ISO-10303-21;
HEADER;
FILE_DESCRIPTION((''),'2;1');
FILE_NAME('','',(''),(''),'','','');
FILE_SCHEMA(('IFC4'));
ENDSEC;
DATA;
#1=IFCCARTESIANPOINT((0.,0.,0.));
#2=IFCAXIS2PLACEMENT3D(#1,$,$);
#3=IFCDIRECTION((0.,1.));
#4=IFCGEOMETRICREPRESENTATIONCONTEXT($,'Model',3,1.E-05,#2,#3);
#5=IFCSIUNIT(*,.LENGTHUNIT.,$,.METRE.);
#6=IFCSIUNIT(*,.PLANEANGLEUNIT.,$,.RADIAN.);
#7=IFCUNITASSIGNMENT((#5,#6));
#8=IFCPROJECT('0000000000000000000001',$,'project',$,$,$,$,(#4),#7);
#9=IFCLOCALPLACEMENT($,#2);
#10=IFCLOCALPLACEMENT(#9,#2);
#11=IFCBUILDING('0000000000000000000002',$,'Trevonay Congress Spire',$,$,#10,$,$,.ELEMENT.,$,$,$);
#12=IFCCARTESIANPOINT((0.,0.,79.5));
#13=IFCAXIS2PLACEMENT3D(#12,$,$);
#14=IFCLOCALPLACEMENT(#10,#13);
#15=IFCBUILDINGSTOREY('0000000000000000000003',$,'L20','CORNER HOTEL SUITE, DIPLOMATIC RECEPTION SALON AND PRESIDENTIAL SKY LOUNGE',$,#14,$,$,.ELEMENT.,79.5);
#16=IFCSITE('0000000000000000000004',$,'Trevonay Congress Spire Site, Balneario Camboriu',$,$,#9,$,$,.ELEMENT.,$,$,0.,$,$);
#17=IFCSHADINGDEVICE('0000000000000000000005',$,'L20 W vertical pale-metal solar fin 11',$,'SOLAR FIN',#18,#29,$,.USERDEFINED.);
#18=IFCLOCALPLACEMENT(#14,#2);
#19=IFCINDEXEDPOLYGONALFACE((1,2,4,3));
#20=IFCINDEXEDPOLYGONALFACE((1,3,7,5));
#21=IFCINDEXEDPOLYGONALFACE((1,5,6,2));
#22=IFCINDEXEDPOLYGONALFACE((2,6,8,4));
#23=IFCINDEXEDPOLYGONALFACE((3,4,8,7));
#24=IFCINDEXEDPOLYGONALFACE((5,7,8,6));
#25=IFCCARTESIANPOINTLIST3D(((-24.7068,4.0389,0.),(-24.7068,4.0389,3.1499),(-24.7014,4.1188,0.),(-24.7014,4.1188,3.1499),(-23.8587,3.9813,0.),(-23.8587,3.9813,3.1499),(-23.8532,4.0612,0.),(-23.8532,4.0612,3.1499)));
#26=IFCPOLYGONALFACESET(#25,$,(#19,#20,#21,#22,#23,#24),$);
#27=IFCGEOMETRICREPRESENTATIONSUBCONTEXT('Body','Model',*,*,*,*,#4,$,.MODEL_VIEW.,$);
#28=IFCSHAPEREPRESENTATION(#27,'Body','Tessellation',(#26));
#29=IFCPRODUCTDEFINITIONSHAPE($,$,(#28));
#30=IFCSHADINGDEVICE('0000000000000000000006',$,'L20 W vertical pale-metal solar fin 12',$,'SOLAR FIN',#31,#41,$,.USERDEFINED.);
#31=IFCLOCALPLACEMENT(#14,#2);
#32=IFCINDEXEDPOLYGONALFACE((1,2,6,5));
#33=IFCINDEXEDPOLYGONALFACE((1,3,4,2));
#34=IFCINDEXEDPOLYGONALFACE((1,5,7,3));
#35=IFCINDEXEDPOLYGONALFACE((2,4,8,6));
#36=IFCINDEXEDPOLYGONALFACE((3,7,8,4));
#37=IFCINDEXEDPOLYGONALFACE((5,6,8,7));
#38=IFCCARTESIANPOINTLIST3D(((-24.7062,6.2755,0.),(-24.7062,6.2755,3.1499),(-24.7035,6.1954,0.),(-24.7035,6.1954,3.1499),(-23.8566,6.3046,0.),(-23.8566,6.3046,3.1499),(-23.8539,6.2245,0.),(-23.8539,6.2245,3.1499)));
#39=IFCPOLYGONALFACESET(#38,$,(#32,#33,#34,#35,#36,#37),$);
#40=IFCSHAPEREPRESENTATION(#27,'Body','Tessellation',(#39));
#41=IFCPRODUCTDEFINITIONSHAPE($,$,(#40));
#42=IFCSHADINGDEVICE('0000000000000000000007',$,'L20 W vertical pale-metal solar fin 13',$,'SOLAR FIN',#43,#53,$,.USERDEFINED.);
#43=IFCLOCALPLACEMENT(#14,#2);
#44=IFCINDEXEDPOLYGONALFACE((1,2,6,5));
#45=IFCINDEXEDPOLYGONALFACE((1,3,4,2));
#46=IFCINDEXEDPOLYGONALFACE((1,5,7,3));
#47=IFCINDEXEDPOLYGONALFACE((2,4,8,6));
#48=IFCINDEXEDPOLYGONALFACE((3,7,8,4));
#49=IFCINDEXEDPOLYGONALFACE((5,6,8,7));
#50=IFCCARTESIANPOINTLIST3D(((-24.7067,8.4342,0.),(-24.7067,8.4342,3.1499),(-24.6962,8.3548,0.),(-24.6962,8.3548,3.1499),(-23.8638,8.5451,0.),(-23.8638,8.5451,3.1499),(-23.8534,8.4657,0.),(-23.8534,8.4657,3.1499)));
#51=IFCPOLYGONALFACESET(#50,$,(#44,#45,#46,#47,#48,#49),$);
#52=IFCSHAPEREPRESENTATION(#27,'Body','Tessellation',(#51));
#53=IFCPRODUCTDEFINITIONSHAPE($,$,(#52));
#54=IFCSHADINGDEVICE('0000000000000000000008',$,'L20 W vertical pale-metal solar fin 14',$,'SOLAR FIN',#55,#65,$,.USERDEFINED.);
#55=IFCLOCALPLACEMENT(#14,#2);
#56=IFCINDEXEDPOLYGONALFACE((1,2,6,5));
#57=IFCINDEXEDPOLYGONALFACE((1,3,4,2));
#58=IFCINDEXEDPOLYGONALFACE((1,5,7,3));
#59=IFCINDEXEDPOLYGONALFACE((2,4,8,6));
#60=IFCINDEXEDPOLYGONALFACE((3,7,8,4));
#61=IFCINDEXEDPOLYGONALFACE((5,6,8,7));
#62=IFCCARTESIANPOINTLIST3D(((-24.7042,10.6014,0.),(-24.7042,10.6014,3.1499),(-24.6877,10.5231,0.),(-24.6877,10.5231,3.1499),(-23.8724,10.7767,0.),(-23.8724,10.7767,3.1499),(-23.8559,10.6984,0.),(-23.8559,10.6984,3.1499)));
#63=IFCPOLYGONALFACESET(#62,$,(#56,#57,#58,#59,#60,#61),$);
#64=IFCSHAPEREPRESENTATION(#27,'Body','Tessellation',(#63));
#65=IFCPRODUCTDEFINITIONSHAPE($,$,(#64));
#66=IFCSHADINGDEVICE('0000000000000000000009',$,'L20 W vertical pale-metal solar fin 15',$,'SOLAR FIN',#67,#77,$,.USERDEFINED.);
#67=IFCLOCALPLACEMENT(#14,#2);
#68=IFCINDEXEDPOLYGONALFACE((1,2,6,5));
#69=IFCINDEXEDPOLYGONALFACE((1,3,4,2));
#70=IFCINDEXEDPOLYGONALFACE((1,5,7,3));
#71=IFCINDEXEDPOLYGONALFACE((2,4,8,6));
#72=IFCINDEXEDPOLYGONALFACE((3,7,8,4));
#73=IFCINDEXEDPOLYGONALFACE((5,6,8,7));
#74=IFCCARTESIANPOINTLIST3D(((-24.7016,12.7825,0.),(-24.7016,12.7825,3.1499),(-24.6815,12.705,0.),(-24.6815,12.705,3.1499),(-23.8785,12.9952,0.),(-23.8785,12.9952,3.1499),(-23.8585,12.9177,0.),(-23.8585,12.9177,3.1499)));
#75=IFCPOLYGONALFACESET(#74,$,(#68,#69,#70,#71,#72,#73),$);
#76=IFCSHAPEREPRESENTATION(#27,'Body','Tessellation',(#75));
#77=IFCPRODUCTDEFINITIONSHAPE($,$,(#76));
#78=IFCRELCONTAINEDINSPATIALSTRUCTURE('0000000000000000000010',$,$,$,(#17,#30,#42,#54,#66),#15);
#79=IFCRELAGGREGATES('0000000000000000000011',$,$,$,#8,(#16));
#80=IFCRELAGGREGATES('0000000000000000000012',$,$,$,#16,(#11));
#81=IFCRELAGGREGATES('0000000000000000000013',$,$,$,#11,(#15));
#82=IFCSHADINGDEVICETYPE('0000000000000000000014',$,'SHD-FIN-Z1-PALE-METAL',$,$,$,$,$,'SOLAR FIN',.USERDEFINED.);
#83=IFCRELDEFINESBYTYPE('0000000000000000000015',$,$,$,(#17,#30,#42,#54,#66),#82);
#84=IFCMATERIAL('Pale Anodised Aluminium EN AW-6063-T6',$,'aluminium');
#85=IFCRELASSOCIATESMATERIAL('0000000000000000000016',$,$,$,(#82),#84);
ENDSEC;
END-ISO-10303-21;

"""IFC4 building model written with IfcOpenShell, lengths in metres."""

from ifc_helpers import new_model, si_unit, direction, frame, origin, origin_2d, place, context, subcontext, project, spatial, rectangle, extrude, material, type_object, element, save


model = new_model("IFC4")

# Units and contexts
model_context = context("Model", 3, precision=1e-05, world=origin(), true_north=direction((0.0, 1.0)))
body_context = subcontext(model_context, "Body", "Model", "MODEL_VIEW")
ifc_project = project(units=[si_unit("LENGTHUNIT", "METRE"), si_unit("PLANEANGLEUNIT", "RADIAN")], contexts=[model_context])

# Site, building, storey
site_placement = place(None, origin())
site = spatial("IfcSite", under=ifc_project, at=site_placement, Name="Trevonay Congress Spire Site, Balneario Camboriu", CompositionType="ELEMENT", RefElevation=0.0)
building_placement = place(site_placement, origin())
building = spatial("IfcBuilding", under=site, at=building_placement, Name="Trevonay Congress Spire", CompositionType="ELEMENT")
storey_placement = place(building_placement, frame((0.0, 0.0, 79.5)))
storey = spatial("IfcBuildingStorey", under=building, at=storey_placement, Name="L20", Description="CORNER HOTEL SUITE, DIPLOMATIC RECEPTION SALON AND PRESIDENTIAL SKY LOUNGE", CompositionType="ELEMENT", Elevation=79.5)

# Shared definitions
ifc_material_1 = material(Name="Pale Anodised Aluminium EN AW-6063-T6", Category="aluminium")

# Shading devices
shading_device_type = type_object("IfcShadingDeviceType", Name="SHD-FIN-Z1-PALE-METAL", ElementType="SOLAR FIN", PredefinedType="USERDEFINED", material=ifc_material_1)
for number, where, z_axis, x_axis, name in (
    (1, (-24.28, 4.05, 0.0), (0.0, 0.0, 1.0), (0.067667, 0.997708, 0.0), "L20 W vertical pale-metal solar fin 11"),
    (2, (-24.28, 6.25, 0.0), (0.0, 0.0, 1.0), (-0.034202, 0.999415, 0.0), "L20 W vertical pale-metal solar fin 12"),
    (3, (-24.28, 8.45, 0.0), (0.0, 0.0, 1.0), (-0.130526, 0.991445, 0.0), "L20 W vertical pale-metal solar fin 13"),
    (4, (-24.28, 10.6499, 0.0), (0.0, 0.0, 1.0), (-0.206204, 0.978509, 0.0), "L20 W vertical pale-metal solar fin 14"),
    (5, (-24.28, 12.8501, 0.0), (0.0, 0.0, 1.0), (-0.250211, 0.968191, 0.0), "L20 W vertical pale-metal solar fin 15"),
):
    element("IfcShadingDevice", number, at=place(storey_placement, frame(where, z_axis=z_axis, x_axis=x_axis)), inside=storey, type_object=shading_device_type, Name=name, ObjectType="SOLAR FIN", PredefinedType="USERDEFINED", context=body_context, shape_type="SweptSolid", body=[
        extrude(rectangle(XDim=0.0801, YDim=0.8501, at=origin_2d()), origin(), (0.0, 0.0, 1.0), 3.1499),
    ])

save(model, "model.ifc")
